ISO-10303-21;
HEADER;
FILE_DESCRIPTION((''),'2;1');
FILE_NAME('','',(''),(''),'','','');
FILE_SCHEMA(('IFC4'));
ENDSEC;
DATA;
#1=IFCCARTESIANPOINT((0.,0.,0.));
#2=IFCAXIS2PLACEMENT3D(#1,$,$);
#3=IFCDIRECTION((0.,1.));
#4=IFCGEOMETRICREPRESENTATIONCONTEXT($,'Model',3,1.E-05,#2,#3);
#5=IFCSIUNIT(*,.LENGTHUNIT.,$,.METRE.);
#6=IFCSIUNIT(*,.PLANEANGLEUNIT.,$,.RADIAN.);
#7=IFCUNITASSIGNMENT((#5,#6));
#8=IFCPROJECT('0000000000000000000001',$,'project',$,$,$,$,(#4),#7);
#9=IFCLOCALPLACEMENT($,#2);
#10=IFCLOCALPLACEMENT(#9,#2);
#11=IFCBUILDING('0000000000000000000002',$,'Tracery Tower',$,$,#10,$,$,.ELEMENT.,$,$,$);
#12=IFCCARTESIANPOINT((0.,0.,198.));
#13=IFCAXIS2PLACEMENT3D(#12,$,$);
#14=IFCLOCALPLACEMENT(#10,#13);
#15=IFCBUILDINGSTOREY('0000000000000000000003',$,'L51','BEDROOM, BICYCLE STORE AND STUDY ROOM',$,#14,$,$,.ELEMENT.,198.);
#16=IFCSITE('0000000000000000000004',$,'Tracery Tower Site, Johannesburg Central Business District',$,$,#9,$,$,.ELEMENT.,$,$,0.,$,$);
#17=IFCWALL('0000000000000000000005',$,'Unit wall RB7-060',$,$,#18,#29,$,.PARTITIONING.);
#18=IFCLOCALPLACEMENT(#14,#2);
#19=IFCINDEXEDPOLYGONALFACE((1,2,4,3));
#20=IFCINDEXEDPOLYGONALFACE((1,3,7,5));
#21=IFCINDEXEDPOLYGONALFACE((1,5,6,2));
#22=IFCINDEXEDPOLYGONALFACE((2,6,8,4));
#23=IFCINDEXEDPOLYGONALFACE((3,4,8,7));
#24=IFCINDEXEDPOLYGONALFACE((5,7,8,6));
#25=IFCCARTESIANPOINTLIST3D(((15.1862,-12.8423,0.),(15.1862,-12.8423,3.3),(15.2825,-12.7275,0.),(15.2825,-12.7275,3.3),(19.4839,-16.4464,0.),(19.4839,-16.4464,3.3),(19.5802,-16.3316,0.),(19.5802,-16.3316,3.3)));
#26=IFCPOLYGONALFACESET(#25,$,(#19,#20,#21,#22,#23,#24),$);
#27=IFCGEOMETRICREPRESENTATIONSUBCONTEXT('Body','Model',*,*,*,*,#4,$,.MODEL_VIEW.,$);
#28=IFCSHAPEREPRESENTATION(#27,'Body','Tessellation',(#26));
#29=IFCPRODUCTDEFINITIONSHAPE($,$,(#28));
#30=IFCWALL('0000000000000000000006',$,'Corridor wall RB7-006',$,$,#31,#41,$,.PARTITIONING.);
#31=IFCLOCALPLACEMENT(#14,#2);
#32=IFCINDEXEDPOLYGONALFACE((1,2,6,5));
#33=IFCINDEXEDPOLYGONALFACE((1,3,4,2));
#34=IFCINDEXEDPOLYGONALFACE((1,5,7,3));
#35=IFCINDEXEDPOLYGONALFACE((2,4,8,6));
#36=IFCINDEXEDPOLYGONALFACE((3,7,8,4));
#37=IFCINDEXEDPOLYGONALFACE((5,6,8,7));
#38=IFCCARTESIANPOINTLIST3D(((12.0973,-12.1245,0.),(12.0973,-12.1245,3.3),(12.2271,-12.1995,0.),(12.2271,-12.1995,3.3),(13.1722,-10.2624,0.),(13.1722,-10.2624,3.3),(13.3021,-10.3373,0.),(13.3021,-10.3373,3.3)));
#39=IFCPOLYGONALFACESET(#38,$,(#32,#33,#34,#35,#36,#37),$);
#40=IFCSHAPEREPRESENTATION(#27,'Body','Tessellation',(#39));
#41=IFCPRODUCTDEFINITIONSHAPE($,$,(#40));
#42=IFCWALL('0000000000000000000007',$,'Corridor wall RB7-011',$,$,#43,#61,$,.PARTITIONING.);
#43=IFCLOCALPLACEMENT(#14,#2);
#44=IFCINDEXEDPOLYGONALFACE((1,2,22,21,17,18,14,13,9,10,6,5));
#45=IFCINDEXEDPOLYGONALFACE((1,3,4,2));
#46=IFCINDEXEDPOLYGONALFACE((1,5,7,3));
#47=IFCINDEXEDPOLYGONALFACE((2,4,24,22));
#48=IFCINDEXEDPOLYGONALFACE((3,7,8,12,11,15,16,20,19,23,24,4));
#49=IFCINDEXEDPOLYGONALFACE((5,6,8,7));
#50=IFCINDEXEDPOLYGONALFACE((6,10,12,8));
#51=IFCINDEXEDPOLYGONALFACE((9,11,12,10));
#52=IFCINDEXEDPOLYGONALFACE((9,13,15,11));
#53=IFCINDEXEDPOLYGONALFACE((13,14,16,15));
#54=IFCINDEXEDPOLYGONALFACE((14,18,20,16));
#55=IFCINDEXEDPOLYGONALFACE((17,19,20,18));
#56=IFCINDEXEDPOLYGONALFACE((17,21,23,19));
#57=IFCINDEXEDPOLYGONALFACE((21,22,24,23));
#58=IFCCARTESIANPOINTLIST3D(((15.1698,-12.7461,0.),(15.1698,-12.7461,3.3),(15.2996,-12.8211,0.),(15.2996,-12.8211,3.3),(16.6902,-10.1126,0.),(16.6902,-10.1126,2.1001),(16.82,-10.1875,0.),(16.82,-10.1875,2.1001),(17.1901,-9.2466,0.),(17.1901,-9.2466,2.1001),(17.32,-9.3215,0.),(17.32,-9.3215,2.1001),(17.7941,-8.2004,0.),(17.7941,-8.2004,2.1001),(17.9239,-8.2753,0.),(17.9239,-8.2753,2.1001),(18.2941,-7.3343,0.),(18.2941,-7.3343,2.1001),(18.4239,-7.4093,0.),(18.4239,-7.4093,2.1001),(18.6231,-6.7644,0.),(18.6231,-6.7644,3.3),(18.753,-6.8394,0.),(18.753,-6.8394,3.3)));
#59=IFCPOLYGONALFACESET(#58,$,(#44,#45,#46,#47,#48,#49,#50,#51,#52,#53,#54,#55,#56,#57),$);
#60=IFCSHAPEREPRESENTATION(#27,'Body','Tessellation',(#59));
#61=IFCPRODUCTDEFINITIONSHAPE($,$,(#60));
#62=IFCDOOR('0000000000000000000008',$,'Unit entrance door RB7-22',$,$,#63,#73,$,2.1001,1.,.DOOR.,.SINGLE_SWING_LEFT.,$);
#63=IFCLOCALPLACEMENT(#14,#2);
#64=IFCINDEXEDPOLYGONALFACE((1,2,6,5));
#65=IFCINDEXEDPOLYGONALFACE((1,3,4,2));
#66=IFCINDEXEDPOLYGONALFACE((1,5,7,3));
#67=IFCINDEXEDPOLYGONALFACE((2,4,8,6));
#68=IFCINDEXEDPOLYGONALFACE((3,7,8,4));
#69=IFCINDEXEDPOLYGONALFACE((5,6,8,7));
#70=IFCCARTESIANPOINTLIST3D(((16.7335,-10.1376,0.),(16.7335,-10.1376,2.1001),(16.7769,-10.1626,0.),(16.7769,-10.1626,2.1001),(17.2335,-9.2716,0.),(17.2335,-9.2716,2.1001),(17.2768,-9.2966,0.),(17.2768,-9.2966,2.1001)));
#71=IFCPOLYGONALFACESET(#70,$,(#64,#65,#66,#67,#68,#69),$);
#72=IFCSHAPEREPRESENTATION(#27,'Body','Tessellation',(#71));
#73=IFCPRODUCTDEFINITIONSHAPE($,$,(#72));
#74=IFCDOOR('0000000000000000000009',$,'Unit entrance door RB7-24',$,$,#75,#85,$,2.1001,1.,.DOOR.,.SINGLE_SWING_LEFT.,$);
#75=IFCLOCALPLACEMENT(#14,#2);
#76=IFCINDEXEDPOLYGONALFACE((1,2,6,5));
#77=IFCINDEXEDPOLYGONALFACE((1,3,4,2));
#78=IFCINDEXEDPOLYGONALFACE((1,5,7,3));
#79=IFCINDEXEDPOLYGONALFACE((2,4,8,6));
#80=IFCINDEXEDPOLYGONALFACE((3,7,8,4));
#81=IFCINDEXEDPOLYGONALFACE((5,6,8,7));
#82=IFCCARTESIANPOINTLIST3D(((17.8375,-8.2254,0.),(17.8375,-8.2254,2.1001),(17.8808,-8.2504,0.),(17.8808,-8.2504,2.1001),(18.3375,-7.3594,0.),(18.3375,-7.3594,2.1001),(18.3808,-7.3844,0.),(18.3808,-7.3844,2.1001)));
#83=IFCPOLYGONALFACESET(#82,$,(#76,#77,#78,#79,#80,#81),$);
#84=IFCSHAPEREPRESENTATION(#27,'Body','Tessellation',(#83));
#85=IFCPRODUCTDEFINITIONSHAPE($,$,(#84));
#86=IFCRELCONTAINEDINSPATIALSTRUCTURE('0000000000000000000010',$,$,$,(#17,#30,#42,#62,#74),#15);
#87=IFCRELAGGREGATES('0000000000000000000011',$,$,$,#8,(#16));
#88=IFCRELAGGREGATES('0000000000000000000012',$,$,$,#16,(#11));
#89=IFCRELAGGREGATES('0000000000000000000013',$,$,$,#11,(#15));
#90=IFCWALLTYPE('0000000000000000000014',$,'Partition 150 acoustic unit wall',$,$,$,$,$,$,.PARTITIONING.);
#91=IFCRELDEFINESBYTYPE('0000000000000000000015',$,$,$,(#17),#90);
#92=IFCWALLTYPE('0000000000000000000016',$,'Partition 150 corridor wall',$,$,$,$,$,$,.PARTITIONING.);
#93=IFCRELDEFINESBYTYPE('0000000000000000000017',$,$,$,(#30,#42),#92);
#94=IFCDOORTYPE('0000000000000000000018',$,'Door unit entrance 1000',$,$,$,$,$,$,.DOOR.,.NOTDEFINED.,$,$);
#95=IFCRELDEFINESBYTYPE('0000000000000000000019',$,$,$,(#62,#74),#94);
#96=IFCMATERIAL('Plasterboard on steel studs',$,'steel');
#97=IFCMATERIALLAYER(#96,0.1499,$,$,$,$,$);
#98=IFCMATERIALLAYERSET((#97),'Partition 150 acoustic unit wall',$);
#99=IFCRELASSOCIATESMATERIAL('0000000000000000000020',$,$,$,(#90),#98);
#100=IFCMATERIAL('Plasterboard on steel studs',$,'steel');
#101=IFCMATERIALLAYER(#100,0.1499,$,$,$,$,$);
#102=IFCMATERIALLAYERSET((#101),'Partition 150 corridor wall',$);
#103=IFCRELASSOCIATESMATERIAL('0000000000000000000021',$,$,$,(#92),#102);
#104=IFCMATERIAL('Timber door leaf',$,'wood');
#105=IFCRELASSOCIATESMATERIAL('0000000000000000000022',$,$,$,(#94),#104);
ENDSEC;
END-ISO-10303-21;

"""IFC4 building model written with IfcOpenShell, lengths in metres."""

from ifc_helpers import new_model, si_unit, direction, frame, frame_2d, origin, place, context, subcontext, project, spatial, rectangle, extrude, material, layer, layer_set, type_object, element, fill, save


model = new_model("IFC4")

# Units and contexts
model_context = context("Model", 3, precision=1e-05, world=origin(), true_north=direction((0.0, 1.0)))
body_context = subcontext(model_context, "Body", "Model", "MODEL_VIEW")
ifc_project = project(units=[si_unit("LENGTHUNIT", "METRE"), si_unit("PLANEANGLEUNIT", "RADIAN")], contexts=[model_context])

# Site, building, storey
site_placement = place(None, origin())
site = spatial("IfcSite", under=ifc_project, at=site_placement, Name="Tracery Tower Site, Johannesburg Central Business District", CompositionType="ELEMENT", RefElevation=0.0)
building_placement = place(site_placement, origin())
building = spatial("IfcBuilding", under=site, at=building_placement, Name="Tracery Tower", CompositionType="ELEMENT")
storey_placement = place(building_placement, frame((0.0, 0.0, 198.0)))
storey = spatial("IfcBuildingStorey", under=building, at=storey_placement, Name="L51", Description="BEDROOM, BICYCLE STORE AND STUDY ROOM", CompositionType="ELEMENT", Elevation=198.0)

# Walls
ifc_material_1 = material(Name="Plasterboard on steel studs", Category="steel")
ifc_layer_1 = layer(ifc_material_1, 0.1499)
ifc_layer_set_1 = layer_set([ifc_layer_1], Name="Partition 150 acoustic unit wall")
wall_type_1 = type_object("IfcWallType", Name="Partition 150 acoustic unit wall", PredefinedType="PARTITIONING", material=ifc_layer_set_1)
wall_1_placement = place(storey_placement, frame((15.2344, -12.7849, 0.0), z_axis=(0.0, 0.0, 1.0), x_axis=(0.76623, -0.642566, 0.0)))
element("IfcWall", 1, at=wall_1_placement, inside=storey, type_object=wall_type_1, Name="Unit wall RB7-060", PredefinedType="PARTITIONING", context=body_context, shape_type="SweptSolid", body=[
    extrude(rectangle(XDim=5.6089, YDim=0.1499, at=frame_2d((2.8044, 0.0))), origin(), (0.0, 0.0, 1.0), 3.3),
])
ifc_material_2 = material(Name="Plasterboard on steel studs", Category="steel")
ifc_layer_2 = layer(ifc_material_2, 0.1499)
ifc_layer_set_2 = layer_set([ifc_layer_2], Name="Partition 150 corridor wall")
wall_type_2 = type_object("IfcWallType", Name="Partition 150 corridor wall", PredefinedType="PARTITIONING", material=ifc_layer_set_2)
wall_2_placement = place(storey_placement, frame((12.1621, -12.1621, 0.0), z_axis=(0.0, 0.0, 1.0), x_axis=(0.499962, 0.866048, 0.0)))
element("IfcWall", 2, at=wall_2_placement, inside=storey, type_object=wall_type_2, Name="Corridor wall RB7-006", PredefinedType="PARTITIONING", context=body_context, shape_type="SweptSolid", body=[
    extrude(rectangle(XDim=2.1501, YDim=0.1499, at=frame_2d((1.0752, 0.0))), origin(), (0.0, 0.0, 1.0), 3.3),
])

# Wall, openings, doors
wall_3_placement = place(storey_placement, frame((15.2346, -12.7837, 0.0), z_axis=(0.0, 0.0, 1.0), x_axis=(0.499983, 0.866035, 0.0)))
wall_3 = element("IfcWall", 3, at=wall_3_placement, inside=storey, type_object=wall_type_2, Name="Corridor wall RB7-011", PredefinedType="PARTITIONING", context=body_context, shape_type="SweptSolid", body=[
    extrude(rectangle(XDim=6.907, YDim=0.1499, at=frame_2d((3.4536, 0.0))), origin(), (0.0, 0.0, 1.0), 3.3),
])
opening_1_placement = place(wall_3_placement, frame((3.041, 0.0, 0.0)))
opening_1 = element("IfcOpeningElement", 4, at=opening_1_placement, cuts=wall_3, PredefinedType="OPENING", context=body_context, shape_type="SweptSolid", body=[
    extrude(rectangle(XDim=1.0, YDim=2.1001, at=frame_2d((0.5, 1.05))), frame((0.0, 0.075, 0.0), z_axis=(0.0, -1.0, 0.0), x_axis=(1.0, 0.0, 0.0)), (0.0, 0.0, 1.0), 0.1499),
])
opening_2_placement = place(wall_3_placement, frame((5.249, 0.0, 0.0)))
opening_2 = element("IfcOpeningElement", 5, at=opening_2_placement, cuts=wall_3, PredefinedType="OPENING", context=body_context, shape_type="SweptSolid", body=[
    extrude(rectangle(XDim=1.0, YDim=2.1001, at=frame_2d((0.5, 1.05))), frame((0.0, 0.075, 0.0), z_axis=(0.0, -1.0, 0.0), x_axis=(1.0, 0.0, 0.0)), (0.0, 0.0, 1.0), 0.1499),
])
ifc_material_3 = material(Name="Timber door leaf", Category="wood")
door_type_1 = type_object("IfcDoorType", Name="Door unit entrance 1000", OperationType="NOTDEFINED", PredefinedType="DOOR", material=ifc_material_3)
door_1_placement = place(opening_1_placement, origin())
door_1 = element("IfcDoor", 6, at=door_1_placement, inside=storey, type_object=door_type_1, Name="Unit entrance door RB7-22", OperationType="SINGLE_SWING_LEFT", OverallHeight=2.1001, OverallWidth=1.0, PredefinedType="DOOR", context=body_context, shape_type="SweptSolid", body=[
    extrude(rectangle(XDim=1.0, YDim=2.1001, at=frame_2d((0.5, 1.05))), frame((0.0, 0.0249, 0.0), z_axis=(0.0, -1.0, 0.0), x_axis=(1.0, 0.0, 0.0)), (0.0, 0.0, 1.0), 0.05),
])
fill(opening_1, door_1)
door_2_placement = place(opening_2_placement, origin())
door_2 = element("IfcDoor", 7, at=door_2_placement, inside=storey, type_object=door_type_1, Name="Unit entrance door RB7-24", OperationType="SINGLE_SWING_LEFT", OverallHeight=2.1001, OverallWidth=1.0, PredefinedType="DOOR", context=body_context, shape_type="SweptSolid", body=[
    extrude(rectangle(XDim=1.0, YDim=2.1001, at=frame_2d((0.5, 1.05))), frame((0.0, 0.0249, 0.0), z_axis=(0.0, -1.0, 0.0), x_axis=(1.0, 0.0, 0.0)), (0.0, 0.0, 1.0), 0.05),
])
fill(opening_2, door_2)

save(model, "model.ifc")
